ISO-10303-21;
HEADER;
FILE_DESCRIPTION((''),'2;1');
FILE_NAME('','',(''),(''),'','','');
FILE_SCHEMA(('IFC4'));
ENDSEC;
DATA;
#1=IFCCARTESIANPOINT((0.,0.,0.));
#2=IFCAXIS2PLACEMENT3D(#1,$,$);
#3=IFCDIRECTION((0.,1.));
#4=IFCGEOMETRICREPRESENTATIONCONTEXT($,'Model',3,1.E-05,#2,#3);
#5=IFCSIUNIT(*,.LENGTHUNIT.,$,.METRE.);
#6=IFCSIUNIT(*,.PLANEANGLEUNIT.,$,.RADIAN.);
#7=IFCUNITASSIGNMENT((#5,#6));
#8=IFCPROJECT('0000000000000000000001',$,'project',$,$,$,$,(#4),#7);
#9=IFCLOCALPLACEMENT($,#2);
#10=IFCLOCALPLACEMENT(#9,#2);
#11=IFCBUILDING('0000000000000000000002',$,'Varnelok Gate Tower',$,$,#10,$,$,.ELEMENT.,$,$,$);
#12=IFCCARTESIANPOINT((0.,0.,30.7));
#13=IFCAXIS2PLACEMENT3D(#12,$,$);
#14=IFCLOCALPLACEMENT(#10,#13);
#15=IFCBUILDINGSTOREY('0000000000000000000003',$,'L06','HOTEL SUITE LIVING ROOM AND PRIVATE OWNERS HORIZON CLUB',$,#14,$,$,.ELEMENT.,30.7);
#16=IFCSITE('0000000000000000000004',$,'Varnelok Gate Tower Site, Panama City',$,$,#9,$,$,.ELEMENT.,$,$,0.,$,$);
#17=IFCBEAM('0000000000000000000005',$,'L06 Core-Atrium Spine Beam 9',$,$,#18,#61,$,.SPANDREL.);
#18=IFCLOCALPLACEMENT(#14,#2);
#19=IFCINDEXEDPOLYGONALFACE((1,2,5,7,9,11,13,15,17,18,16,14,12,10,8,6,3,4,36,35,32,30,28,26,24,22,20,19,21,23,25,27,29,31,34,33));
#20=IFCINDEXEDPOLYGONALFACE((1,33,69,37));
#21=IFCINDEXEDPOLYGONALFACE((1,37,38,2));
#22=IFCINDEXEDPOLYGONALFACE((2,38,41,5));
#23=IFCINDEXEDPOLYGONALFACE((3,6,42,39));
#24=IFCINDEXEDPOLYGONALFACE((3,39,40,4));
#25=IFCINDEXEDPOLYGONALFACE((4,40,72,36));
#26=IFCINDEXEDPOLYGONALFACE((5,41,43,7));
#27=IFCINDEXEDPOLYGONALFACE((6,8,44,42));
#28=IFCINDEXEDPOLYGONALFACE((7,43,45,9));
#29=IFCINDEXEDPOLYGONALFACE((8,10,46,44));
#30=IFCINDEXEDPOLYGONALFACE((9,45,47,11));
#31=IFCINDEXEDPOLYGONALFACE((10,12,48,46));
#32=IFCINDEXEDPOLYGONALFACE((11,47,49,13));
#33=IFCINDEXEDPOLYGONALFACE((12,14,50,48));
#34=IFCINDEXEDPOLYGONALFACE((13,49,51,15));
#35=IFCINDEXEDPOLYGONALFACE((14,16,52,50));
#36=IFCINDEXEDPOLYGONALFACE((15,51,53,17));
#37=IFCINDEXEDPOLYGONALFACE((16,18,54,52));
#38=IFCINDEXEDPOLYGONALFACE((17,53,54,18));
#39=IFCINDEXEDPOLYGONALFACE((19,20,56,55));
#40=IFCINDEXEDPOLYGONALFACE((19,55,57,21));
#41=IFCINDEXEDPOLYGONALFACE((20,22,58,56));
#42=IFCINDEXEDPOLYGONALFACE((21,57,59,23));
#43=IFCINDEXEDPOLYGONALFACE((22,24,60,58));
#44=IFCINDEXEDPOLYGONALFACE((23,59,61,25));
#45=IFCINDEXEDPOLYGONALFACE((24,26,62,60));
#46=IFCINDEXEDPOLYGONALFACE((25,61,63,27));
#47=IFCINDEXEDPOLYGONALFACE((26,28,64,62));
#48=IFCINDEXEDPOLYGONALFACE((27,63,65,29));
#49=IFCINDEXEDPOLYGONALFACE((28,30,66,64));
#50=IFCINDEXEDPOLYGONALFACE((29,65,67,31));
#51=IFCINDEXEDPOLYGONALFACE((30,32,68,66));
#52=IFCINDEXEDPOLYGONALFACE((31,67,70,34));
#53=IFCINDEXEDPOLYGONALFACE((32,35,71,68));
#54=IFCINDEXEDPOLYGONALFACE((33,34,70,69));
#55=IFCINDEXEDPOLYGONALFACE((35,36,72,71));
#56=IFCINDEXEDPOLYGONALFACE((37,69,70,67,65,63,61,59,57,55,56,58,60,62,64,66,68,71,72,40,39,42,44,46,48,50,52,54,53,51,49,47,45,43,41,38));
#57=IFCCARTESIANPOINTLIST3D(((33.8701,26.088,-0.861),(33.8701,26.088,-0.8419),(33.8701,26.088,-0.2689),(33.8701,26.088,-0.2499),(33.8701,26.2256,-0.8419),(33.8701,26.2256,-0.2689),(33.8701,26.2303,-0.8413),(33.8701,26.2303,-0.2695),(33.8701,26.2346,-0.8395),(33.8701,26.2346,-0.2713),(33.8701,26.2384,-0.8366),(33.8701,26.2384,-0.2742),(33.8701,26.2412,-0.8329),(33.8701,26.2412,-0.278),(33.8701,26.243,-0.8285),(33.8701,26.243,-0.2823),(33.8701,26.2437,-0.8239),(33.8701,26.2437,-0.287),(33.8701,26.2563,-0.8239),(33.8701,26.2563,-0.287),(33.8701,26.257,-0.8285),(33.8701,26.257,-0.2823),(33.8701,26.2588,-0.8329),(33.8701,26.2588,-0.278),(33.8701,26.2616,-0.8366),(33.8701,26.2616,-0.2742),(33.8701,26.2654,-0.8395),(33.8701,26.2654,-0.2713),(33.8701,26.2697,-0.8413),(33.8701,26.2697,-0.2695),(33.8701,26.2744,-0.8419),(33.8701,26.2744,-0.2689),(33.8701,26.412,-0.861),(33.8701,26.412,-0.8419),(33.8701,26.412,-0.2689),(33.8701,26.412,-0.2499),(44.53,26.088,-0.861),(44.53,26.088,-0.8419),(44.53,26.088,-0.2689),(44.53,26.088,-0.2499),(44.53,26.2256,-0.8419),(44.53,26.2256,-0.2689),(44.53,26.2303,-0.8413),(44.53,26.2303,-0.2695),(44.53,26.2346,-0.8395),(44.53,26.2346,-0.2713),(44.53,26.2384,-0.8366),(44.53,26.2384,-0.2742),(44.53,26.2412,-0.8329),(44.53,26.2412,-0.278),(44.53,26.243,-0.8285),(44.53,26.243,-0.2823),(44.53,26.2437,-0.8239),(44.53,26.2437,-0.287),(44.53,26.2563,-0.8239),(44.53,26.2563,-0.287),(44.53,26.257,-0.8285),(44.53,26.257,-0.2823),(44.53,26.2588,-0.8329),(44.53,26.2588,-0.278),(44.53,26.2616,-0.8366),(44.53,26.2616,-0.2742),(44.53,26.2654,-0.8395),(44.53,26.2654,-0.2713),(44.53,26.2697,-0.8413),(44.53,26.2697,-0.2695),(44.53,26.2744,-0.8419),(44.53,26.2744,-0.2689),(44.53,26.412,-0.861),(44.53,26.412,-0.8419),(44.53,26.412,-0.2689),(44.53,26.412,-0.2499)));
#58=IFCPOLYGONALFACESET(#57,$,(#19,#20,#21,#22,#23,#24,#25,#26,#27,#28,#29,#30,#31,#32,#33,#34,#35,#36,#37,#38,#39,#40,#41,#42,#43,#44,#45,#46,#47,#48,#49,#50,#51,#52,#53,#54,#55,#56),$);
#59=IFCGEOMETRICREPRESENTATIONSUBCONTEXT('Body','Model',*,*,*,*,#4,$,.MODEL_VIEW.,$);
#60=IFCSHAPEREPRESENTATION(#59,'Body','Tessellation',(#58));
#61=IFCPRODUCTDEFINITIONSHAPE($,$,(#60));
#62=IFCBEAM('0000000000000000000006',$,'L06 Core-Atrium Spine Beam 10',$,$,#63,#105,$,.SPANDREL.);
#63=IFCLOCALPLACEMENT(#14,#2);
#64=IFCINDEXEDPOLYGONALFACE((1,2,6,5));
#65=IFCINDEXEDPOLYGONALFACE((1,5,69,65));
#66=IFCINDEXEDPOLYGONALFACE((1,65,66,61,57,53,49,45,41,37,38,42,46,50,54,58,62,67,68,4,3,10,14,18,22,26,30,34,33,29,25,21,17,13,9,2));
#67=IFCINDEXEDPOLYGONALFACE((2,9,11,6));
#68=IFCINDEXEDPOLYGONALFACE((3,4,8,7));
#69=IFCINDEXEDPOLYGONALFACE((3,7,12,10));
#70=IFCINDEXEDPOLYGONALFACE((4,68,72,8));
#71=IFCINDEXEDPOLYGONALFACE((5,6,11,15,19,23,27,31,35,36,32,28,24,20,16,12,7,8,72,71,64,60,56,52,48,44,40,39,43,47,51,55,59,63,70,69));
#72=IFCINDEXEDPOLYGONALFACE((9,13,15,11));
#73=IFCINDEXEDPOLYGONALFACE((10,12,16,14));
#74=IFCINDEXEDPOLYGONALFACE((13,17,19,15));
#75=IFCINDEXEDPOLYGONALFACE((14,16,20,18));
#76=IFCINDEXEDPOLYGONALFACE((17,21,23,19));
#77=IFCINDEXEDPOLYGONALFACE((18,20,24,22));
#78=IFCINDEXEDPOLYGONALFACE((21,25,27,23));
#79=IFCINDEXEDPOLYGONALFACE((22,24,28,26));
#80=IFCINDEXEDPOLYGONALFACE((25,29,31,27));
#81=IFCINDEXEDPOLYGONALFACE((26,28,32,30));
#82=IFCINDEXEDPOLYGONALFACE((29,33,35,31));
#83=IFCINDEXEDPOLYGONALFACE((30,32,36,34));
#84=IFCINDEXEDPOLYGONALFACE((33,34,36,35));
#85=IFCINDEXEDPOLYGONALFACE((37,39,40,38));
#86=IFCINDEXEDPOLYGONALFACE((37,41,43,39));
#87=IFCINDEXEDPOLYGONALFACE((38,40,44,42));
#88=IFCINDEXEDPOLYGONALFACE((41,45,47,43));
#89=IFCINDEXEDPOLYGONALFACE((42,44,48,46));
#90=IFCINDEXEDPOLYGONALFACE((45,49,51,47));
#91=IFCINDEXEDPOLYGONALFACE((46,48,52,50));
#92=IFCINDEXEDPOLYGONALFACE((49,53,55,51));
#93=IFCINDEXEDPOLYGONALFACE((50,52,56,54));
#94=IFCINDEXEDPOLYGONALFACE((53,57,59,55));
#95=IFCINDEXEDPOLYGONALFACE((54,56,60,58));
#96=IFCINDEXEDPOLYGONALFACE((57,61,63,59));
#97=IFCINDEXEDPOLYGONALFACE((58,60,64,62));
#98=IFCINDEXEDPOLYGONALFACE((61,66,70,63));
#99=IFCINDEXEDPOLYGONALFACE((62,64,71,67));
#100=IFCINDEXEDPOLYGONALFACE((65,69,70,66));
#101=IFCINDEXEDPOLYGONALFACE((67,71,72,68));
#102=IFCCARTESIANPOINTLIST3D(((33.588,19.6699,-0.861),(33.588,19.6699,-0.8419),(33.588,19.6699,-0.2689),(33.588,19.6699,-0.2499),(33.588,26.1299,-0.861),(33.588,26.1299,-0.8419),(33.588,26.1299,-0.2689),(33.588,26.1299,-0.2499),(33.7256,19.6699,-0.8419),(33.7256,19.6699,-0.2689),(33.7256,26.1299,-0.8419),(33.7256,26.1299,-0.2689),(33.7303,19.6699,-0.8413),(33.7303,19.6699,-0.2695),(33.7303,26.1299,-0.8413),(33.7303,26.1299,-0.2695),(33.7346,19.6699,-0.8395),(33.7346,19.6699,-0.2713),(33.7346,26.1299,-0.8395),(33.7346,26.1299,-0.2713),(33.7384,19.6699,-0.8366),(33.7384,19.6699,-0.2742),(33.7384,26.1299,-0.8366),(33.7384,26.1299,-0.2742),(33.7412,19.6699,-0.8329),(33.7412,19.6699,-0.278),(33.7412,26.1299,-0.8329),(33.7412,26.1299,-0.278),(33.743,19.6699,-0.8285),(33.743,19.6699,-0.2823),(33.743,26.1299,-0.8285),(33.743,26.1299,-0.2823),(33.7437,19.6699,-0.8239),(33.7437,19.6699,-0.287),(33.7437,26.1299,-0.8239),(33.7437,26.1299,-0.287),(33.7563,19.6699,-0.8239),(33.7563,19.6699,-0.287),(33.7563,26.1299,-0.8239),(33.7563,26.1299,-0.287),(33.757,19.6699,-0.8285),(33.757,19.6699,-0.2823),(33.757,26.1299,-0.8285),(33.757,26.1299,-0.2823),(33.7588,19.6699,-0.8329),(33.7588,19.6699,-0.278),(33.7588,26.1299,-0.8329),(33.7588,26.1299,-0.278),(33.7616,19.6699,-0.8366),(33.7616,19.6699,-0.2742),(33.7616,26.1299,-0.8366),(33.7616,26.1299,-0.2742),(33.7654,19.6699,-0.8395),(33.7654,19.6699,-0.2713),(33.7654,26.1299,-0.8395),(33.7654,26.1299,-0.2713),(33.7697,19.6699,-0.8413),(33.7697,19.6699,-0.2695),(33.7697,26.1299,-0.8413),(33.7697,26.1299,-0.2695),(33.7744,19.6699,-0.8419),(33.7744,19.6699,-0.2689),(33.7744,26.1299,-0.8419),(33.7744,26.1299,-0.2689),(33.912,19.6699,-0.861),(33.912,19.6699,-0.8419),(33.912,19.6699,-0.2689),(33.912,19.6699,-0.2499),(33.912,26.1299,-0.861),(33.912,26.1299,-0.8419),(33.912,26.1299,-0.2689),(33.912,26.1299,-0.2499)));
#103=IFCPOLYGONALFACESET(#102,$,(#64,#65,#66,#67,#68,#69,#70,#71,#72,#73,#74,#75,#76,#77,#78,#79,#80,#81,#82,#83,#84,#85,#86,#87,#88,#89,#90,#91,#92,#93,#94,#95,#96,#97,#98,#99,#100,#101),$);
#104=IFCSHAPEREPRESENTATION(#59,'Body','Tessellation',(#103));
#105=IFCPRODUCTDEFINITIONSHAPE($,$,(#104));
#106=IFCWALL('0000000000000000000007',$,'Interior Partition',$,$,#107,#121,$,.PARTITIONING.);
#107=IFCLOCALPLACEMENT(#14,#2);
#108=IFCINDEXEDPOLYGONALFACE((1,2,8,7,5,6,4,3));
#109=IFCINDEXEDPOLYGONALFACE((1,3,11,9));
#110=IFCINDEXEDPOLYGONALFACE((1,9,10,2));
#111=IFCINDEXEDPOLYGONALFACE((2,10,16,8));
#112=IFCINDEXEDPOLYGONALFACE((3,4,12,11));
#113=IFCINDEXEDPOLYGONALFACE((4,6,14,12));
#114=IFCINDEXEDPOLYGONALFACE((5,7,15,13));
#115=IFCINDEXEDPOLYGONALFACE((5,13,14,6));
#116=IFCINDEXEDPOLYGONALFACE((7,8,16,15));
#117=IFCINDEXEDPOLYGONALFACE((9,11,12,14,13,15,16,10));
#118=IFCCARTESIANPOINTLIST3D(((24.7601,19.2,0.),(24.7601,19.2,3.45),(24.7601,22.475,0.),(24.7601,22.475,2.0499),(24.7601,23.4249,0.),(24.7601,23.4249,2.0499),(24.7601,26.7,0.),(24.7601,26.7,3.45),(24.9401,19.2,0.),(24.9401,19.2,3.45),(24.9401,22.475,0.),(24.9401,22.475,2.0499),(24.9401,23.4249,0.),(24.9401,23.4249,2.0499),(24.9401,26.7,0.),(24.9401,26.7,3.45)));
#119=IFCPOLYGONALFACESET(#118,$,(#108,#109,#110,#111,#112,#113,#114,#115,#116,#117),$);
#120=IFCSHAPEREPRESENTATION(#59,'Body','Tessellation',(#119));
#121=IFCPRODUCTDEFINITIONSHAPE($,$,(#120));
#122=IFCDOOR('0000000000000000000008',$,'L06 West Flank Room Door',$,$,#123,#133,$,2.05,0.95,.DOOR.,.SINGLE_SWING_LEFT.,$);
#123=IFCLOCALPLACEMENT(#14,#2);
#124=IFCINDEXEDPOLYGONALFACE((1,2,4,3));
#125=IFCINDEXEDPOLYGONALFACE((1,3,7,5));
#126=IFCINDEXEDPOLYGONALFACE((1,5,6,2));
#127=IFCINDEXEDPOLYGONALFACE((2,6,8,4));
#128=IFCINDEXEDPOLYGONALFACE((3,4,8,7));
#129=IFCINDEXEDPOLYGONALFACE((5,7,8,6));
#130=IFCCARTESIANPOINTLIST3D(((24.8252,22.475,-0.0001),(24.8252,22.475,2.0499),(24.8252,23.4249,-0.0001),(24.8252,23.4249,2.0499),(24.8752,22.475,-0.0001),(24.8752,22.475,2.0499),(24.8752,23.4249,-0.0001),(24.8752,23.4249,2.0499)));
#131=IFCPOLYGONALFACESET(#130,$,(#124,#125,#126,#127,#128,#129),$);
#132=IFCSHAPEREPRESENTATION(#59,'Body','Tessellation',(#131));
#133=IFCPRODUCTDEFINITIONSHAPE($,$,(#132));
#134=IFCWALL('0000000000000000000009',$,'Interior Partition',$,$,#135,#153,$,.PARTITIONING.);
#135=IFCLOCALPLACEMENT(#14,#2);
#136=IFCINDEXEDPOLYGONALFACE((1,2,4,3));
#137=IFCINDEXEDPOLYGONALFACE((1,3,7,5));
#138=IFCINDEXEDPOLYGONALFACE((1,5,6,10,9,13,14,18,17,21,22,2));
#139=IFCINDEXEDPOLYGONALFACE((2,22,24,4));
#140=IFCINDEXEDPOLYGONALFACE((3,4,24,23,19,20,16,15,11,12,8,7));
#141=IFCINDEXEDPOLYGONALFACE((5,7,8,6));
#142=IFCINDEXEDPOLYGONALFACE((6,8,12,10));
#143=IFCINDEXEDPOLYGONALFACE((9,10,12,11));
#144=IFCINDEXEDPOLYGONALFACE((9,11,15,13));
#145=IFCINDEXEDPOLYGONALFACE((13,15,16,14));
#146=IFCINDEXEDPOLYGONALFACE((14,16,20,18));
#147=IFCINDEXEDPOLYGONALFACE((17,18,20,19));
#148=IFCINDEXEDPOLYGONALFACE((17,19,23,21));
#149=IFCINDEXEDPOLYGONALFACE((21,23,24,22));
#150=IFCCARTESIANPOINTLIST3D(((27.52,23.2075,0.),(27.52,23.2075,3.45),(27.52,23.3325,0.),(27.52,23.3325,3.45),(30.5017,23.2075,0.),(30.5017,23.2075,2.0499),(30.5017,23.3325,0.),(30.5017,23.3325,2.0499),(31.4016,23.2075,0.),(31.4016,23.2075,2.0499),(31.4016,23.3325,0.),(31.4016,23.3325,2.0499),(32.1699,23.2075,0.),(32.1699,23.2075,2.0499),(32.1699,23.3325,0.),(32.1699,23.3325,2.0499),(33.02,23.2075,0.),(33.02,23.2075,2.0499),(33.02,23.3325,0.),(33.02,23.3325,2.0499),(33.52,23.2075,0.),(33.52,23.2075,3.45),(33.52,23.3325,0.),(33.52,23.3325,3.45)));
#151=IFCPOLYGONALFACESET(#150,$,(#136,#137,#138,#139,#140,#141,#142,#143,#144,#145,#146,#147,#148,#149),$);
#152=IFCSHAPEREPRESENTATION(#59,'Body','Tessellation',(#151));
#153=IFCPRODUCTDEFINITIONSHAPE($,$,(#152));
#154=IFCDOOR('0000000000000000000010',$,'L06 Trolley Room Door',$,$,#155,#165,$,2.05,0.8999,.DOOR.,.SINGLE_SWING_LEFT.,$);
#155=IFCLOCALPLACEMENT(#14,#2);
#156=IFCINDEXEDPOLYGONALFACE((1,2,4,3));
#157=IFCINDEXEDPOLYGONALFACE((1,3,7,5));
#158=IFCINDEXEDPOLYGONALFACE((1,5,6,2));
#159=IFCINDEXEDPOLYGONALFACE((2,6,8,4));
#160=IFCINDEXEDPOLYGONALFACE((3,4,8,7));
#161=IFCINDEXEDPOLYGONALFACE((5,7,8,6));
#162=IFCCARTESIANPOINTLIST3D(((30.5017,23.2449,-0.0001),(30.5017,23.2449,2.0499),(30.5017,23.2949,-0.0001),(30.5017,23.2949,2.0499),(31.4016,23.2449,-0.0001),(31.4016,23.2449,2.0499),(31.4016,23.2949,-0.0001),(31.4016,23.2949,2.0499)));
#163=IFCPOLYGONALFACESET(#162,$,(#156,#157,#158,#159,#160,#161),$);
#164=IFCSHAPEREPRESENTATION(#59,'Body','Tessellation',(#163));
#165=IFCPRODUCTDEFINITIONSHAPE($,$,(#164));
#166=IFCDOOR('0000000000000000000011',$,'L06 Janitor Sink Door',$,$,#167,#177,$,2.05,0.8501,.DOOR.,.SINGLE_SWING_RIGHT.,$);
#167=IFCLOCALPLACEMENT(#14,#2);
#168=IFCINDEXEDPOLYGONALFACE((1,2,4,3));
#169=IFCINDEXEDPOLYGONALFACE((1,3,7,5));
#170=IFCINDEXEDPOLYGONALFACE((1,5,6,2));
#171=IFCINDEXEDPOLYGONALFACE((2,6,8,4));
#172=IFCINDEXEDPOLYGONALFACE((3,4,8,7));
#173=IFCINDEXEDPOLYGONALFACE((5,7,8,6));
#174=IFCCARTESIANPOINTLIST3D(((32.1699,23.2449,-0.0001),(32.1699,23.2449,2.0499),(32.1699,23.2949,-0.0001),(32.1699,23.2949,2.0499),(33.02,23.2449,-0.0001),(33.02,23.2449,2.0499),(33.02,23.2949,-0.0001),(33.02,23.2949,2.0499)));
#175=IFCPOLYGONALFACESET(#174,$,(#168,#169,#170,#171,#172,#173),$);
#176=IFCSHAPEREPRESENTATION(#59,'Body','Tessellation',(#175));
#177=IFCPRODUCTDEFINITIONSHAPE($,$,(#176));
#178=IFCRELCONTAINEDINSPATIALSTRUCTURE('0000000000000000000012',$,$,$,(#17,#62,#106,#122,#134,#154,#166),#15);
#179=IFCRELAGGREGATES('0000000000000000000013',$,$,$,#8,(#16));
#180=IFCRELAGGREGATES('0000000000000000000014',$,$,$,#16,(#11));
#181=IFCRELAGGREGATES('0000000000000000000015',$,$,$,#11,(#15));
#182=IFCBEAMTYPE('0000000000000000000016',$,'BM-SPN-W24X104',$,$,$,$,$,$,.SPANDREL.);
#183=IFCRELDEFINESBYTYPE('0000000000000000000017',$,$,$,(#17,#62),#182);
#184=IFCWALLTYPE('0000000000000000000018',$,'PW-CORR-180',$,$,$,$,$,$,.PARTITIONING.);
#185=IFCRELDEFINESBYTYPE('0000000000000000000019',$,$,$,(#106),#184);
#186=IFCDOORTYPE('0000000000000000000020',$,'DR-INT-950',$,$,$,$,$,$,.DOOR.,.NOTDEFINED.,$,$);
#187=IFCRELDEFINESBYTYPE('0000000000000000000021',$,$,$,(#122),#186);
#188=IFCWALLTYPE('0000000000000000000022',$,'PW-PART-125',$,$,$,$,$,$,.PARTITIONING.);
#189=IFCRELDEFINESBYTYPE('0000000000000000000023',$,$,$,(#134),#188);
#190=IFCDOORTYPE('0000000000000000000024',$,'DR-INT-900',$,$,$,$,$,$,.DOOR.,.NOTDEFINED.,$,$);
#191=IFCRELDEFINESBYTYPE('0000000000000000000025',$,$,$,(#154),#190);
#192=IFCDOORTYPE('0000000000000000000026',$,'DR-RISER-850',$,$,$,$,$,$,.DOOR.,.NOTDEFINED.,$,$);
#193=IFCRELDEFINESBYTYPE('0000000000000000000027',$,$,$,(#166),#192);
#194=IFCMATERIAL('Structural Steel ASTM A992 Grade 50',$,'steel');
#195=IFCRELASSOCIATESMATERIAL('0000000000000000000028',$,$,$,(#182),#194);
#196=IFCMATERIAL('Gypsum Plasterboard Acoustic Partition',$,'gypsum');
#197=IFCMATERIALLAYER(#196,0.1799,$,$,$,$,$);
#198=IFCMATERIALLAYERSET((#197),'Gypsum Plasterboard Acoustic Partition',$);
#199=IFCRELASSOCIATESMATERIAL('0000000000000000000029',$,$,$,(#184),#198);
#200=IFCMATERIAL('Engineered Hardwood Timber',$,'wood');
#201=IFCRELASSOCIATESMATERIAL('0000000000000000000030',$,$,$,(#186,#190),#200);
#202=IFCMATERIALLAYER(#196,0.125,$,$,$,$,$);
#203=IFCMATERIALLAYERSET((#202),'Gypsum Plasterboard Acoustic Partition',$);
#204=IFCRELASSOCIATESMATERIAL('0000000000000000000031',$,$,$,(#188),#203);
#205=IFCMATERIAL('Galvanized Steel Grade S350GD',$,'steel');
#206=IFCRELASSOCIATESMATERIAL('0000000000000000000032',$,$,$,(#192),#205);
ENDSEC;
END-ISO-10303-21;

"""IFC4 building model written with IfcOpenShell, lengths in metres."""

from ifc_helpers import new_model, si_unit, direction, frame, frame_2d, origin, origin_2d, place, context, subcontext, project, spatial, rectangle, i_section, extrude, material, layer, layer_set, material_profile, profile_set, type_object, element, fill, save


model = new_model("IFC4")

# Units and contexts
model_context = context("Model", 3, precision=1e-05, world=origin(), true_north=direction((0.0, 1.0)))
body_context = subcontext(model_context, "Body", "Model", "MODEL_VIEW")
ifc_project = project(units=[si_unit("LENGTHUNIT", "METRE"), si_unit("PLANEANGLEUNIT", "RADIAN")], contexts=[model_context])

# Site, building, storey
site_placement = place(None, origin())
site = spatial("IfcSite", under=ifc_project, at=site_placement, Name="Varnelok Gate Tower Site, Panama City", CompositionType="ELEMENT", RefElevation=0.0)
building_placement = place(site_placement, origin())
building = spatial("IfcBuilding", under=site, at=building_placement, Name="Varnelok Gate Tower", CompositionType="ELEMENT")
storey_placement = place(building_placement, frame((0.0, 0.0, 30.7)))
storey = spatial("IfcBuildingStorey", under=building, at=storey_placement, Name="L06", Description="HOTEL SUITE LIVING ROOM AND PRIVATE OWNERS HORIZON CLUB", CompositionType="ELEMENT", Elevation=30.7)

# Shared definitions
ifc_material_1 = material(Name="Structural Steel ASTM A992 Grade 50", Category="steel")

# Beams
ifc_material_profile_1 = material_profile(ifc_material_1, i_section(OverallWidth=0.324, OverallDepth=0.6111, WebThickness=0.0127, FlangeThickness=0.019, FilletRadius=0.0181, at=origin_2d()), Name="W24X104")
ifc_profile_set_1 = profile_set([ifc_material_profile_1], Name="Structural Steel ASTM A992 Grade 50")
beam_type_1 = type_object("IfcBeamType", Name="BM-SPN-W24X104", PredefinedType="SPANDREL", material=ifc_profile_set_1)
for number, where, z_axis, x_axis, name in (
    (1, (33.8701, 26.25, -0.5554), (1.0, 0.0, 0.0), (0.0, 1.0, 0.0), "L06 Core-Atrium Spine Beam 9"),
):
    element("IfcBeam", number, at=place(storey_placement, frame(where, z_axis=z_axis, x_axis=x_axis)), inside=storey, type_object=beam_type_1, Name=name, PredefinedType="SPANDREL", context=body_context, shape_type="SweptSolid", body=[
        extrude(i_section(OverallWidth=0.324, OverallDepth=0.6111, WebThickness=0.0127, FlangeThickness=0.019, FilletRadius=0.0181, at=origin_2d()), origin(), (0.0, 0.0, 1.0), 10.6599),
    ])
beam_1_placement = place(storey_placement, frame((33.75, 19.6699, -0.5554), z_axis=(0.0, 1.0, 0.0), x_axis=(-1.0, 0.0, 0.0)))
element("IfcBeam", 2, at=beam_1_placement, inside=storey, type_object=beam_type_1, Name="L06 Core-Atrium Spine Beam 10", PredefinedType="SPANDREL", context=body_context, shape_type="SweptSolid", body=[
    extrude(i_section(OverallWidth=0.324, OverallDepth=0.6111, WebThickness=0.0127, FlangeThickness=0.019, FilletRadius=0.0181, at=origin_2d()), origin(), (0.0, 0.0, 1.0), 6.46),
])

# Wall, opening, door
ifc_material_2 = material(Name="Gypsum Plasterboard Acoustic Partition", Category="gypsum")
ifc_layer_1 = layer(ifc_material_2, 0.1799)
ifc_layer_set_1 = layer_set([ifc_layer_1], Name="Gypsum Plasterboard Acoustic Partition")
wall_type_1 = type_object("IfcWallType", Name="PW-CORR-180", PredefinedType="PARTITIONING", material=ifc_layer_set_1)
ifc_material_3 = material(Name="Engineered Hardwood Timber", Category="wood")
wall_1_placement = place(storey_placement, frame((24.8501, 19.2, 0.0), z_axis=(0.0, 0.0, 1.0), x_axis=(0.0, 1.0, 0.0)))
wall_1 = element("IfcWall", 3, at=wall_1_placement, inside=storey, type_object=wall_type_1, Name="Interior Partition", PredefinedType="PARTITIONING", context=body_context, shape_type="SweptSolid", body=[
    extrude(rectangle(XDim=7.5, YDim=0.1799, at=frame_2d((3.75, 0.0))), origin(), (0.0, 0.0, 1.0), 3.45),
])
opening_1_placement = place(wall_1_placement, frame((3.2749, 0.0, 0.0)))
opening_1 = element("IfcOpeningElement", 4, at=opening_1_placement, cuts=wall_1, PredefinedType="OPENING", context=body_context, shape_type="SweptSolid", body=[
    extrude(rectangle(XDim=0.95, YDim=2.05, at=frame_2d((0.4751, 1.0249))), frame((0.0, 0.0999, 0.0), z_axis=(0.0, -1.0, 0.0), x_axis=(1.0, 0.0, 0.0)), (0.0, 0.0, 1.0), 0.2),
])
door_type_1 = type_object("IfcDoorType", Name="DR-INT-950", OperationType="NOTDEFINED", PredefinedType="DOOR", material=ifc_material_3)
door_1_placement = place(opening_1_placement, origin())
door_1 = element("IfcDoor", 5, at=door_1_placement, inside=storey, type_object=door_type_1, Name="L06 West Flank Room Door", OperationType="SINGLE_SWING_LEFT", OverallHeight=2.05, OverallWidth=0.95, PredefinedType="DOOR", context=body_context, shape_type="SweptSolid", body=[
    extrude(rectangle(XDim=0.95, YDim=2.05, at=frame_2d((0.4751, 1.0249))), frame((0.0, 0.0249, 0.0), z_axis=(0.0, -1.0, 0.0), x_axis=(1.0, 0.0, 0.0)), (0.0, 0.0, 1.0), 0.05),
])
fill(opening_1, door_1)

# Wall, openings, doors
ifc_layer_2 = layer(ifc_material_2, 0.125)
ifc_layer_set_2 = layer_set([ifc_layer_2], Name="Gypsum Plasterboard Acoustic Partition")
wall_type_2 = type_object("IfcWallType", Name="PW-PART-125", PredefinedType="PARTITIONING", material=ifc_layer_set_2)
wall_2_placement = place(storey_placement, frame((27.52, 23.27, 0.0), z_axis=(0.0, 0.0, 1.0), x_axis=(1.0, 0.0, 0.0)))
wall_2 = element("IfcWall", 6, at=wall_2_placement, inside=storey, type_object=wall_type_2, Name="Interior Partition", PredefinedType="PARTITIONING", context=body_context, shape_type="SweptSolid", body=[
    extrude(rectangle(XDim=6.0, YDim=0.125, at=frame_2d((3.0, 0.0))), origin(), (0.0, 0.0, 1.0), 3.45),
])
opening_2_placement = place(wall_2_placement, frame((2.9817, 0.0, 0.0)))
opening_2 = element("IfcOpeningElement", 7, at=opening_2_placement, cuts=wall_2, PredefinedType="OPENING", context=body_context, shape_type="SweptSolid", body=[
    extrude(rectangle(XDim=0.8999, YDim=2.05, at=frame_2d((0.45, 1.0249))), frame((0.0, 0.0725, 0.0), z_axis=(0.0, -1.0, 0.0), x_axis=(1.0, 0.0, 0.0)), (0.0, 0.0, 1.0), 0.145),
])
opening_3_placement = place(wall_2_placement, frame((4.6499, 0.0, 0.0)))
opening_3 = element("IfcOpeningElement", 8, at=opening_3_placement, cuts=wall_2, PredefinedType="OPENING", context=body_context, shape_type="SweptSolid", body=[
    extrude(rectangle(XDim=0.8501, YDim=2.05, at=frame_2d((0.425, 1.0249))), frame((0.0, 0.0725, 0.0), z_axis=(0.0, -1.0, 0.0), x_axis=(1.0, 0.0, 0.0)), (0.0, 0.0, 1.0), 0.145),
])
door_type_2 = type_object("IfcDoorType", Name="DR-INT-900", OperationType="NOTDEFINED", PredefinedType="DOOR", material=ifc_material_3)
door_2_placement = place(opening_2_placement, origin())
door_2 = element("IfcDoor", 9, at=door_2_placement, inside=storey, type_object=door_type_2, Name="L06 Trolley Room Door", OperationType="SINGLE_SWING_LEFT", OverallHeight=2.05, OverallWidth=0.8999, PredefinedType="DOOR", context=body_context, shape_type="SweptSolid", body=[
    extrude(rectangle(XDim=0.8999, YDim=2.05, at=frame_2d((0.45, 1.0249))), frame((0.0, 0.0249, 0.0), z_axis=(0.0, -1.0, 0.0), x_axis=(1.0, 0.0, 0.0)), (0.0, 0.0, 1.0), 0.05),
])
fill(opening_2, door_2)
ifc_material_4 = material(Name="Galvanized Steel Grade S350GD", Category="steel")
door_type_3 = type_object("IfcDoorType", Name="DR-RISER-850", OperationType="NOTDEFINED", PredefinedType="DOOR", material=ifc_material_4)
door_3_placement = place(opening_3_placement, origin())
door_3 = element("IfcDoor", 10, at=door_3_placement, inside=storey, type_object=door_type_3, Name="L06 Janitor Sink Door", OperationType="SINGLE_SWING_RIGHT", OverallHeight=2.05, OverallWidth=0.8501, PredefinedType="DOOR", context=body_context, shape_type="SweptSolid", body=[
    extrude(rectangle(XDim=0.8501, YDim=2.05, at=frame_2d((0.425, 1.0249))), frame((0.0, 0.0249, 0.0), z_axis=(0.0, -1.0, 0.0), x_axis=(1.0, 0.0, 0.0)), (0.0, 0.0, 1.0), 0.05),
])
fill(opening_3, door_3)

save(model, "model.ifc")
